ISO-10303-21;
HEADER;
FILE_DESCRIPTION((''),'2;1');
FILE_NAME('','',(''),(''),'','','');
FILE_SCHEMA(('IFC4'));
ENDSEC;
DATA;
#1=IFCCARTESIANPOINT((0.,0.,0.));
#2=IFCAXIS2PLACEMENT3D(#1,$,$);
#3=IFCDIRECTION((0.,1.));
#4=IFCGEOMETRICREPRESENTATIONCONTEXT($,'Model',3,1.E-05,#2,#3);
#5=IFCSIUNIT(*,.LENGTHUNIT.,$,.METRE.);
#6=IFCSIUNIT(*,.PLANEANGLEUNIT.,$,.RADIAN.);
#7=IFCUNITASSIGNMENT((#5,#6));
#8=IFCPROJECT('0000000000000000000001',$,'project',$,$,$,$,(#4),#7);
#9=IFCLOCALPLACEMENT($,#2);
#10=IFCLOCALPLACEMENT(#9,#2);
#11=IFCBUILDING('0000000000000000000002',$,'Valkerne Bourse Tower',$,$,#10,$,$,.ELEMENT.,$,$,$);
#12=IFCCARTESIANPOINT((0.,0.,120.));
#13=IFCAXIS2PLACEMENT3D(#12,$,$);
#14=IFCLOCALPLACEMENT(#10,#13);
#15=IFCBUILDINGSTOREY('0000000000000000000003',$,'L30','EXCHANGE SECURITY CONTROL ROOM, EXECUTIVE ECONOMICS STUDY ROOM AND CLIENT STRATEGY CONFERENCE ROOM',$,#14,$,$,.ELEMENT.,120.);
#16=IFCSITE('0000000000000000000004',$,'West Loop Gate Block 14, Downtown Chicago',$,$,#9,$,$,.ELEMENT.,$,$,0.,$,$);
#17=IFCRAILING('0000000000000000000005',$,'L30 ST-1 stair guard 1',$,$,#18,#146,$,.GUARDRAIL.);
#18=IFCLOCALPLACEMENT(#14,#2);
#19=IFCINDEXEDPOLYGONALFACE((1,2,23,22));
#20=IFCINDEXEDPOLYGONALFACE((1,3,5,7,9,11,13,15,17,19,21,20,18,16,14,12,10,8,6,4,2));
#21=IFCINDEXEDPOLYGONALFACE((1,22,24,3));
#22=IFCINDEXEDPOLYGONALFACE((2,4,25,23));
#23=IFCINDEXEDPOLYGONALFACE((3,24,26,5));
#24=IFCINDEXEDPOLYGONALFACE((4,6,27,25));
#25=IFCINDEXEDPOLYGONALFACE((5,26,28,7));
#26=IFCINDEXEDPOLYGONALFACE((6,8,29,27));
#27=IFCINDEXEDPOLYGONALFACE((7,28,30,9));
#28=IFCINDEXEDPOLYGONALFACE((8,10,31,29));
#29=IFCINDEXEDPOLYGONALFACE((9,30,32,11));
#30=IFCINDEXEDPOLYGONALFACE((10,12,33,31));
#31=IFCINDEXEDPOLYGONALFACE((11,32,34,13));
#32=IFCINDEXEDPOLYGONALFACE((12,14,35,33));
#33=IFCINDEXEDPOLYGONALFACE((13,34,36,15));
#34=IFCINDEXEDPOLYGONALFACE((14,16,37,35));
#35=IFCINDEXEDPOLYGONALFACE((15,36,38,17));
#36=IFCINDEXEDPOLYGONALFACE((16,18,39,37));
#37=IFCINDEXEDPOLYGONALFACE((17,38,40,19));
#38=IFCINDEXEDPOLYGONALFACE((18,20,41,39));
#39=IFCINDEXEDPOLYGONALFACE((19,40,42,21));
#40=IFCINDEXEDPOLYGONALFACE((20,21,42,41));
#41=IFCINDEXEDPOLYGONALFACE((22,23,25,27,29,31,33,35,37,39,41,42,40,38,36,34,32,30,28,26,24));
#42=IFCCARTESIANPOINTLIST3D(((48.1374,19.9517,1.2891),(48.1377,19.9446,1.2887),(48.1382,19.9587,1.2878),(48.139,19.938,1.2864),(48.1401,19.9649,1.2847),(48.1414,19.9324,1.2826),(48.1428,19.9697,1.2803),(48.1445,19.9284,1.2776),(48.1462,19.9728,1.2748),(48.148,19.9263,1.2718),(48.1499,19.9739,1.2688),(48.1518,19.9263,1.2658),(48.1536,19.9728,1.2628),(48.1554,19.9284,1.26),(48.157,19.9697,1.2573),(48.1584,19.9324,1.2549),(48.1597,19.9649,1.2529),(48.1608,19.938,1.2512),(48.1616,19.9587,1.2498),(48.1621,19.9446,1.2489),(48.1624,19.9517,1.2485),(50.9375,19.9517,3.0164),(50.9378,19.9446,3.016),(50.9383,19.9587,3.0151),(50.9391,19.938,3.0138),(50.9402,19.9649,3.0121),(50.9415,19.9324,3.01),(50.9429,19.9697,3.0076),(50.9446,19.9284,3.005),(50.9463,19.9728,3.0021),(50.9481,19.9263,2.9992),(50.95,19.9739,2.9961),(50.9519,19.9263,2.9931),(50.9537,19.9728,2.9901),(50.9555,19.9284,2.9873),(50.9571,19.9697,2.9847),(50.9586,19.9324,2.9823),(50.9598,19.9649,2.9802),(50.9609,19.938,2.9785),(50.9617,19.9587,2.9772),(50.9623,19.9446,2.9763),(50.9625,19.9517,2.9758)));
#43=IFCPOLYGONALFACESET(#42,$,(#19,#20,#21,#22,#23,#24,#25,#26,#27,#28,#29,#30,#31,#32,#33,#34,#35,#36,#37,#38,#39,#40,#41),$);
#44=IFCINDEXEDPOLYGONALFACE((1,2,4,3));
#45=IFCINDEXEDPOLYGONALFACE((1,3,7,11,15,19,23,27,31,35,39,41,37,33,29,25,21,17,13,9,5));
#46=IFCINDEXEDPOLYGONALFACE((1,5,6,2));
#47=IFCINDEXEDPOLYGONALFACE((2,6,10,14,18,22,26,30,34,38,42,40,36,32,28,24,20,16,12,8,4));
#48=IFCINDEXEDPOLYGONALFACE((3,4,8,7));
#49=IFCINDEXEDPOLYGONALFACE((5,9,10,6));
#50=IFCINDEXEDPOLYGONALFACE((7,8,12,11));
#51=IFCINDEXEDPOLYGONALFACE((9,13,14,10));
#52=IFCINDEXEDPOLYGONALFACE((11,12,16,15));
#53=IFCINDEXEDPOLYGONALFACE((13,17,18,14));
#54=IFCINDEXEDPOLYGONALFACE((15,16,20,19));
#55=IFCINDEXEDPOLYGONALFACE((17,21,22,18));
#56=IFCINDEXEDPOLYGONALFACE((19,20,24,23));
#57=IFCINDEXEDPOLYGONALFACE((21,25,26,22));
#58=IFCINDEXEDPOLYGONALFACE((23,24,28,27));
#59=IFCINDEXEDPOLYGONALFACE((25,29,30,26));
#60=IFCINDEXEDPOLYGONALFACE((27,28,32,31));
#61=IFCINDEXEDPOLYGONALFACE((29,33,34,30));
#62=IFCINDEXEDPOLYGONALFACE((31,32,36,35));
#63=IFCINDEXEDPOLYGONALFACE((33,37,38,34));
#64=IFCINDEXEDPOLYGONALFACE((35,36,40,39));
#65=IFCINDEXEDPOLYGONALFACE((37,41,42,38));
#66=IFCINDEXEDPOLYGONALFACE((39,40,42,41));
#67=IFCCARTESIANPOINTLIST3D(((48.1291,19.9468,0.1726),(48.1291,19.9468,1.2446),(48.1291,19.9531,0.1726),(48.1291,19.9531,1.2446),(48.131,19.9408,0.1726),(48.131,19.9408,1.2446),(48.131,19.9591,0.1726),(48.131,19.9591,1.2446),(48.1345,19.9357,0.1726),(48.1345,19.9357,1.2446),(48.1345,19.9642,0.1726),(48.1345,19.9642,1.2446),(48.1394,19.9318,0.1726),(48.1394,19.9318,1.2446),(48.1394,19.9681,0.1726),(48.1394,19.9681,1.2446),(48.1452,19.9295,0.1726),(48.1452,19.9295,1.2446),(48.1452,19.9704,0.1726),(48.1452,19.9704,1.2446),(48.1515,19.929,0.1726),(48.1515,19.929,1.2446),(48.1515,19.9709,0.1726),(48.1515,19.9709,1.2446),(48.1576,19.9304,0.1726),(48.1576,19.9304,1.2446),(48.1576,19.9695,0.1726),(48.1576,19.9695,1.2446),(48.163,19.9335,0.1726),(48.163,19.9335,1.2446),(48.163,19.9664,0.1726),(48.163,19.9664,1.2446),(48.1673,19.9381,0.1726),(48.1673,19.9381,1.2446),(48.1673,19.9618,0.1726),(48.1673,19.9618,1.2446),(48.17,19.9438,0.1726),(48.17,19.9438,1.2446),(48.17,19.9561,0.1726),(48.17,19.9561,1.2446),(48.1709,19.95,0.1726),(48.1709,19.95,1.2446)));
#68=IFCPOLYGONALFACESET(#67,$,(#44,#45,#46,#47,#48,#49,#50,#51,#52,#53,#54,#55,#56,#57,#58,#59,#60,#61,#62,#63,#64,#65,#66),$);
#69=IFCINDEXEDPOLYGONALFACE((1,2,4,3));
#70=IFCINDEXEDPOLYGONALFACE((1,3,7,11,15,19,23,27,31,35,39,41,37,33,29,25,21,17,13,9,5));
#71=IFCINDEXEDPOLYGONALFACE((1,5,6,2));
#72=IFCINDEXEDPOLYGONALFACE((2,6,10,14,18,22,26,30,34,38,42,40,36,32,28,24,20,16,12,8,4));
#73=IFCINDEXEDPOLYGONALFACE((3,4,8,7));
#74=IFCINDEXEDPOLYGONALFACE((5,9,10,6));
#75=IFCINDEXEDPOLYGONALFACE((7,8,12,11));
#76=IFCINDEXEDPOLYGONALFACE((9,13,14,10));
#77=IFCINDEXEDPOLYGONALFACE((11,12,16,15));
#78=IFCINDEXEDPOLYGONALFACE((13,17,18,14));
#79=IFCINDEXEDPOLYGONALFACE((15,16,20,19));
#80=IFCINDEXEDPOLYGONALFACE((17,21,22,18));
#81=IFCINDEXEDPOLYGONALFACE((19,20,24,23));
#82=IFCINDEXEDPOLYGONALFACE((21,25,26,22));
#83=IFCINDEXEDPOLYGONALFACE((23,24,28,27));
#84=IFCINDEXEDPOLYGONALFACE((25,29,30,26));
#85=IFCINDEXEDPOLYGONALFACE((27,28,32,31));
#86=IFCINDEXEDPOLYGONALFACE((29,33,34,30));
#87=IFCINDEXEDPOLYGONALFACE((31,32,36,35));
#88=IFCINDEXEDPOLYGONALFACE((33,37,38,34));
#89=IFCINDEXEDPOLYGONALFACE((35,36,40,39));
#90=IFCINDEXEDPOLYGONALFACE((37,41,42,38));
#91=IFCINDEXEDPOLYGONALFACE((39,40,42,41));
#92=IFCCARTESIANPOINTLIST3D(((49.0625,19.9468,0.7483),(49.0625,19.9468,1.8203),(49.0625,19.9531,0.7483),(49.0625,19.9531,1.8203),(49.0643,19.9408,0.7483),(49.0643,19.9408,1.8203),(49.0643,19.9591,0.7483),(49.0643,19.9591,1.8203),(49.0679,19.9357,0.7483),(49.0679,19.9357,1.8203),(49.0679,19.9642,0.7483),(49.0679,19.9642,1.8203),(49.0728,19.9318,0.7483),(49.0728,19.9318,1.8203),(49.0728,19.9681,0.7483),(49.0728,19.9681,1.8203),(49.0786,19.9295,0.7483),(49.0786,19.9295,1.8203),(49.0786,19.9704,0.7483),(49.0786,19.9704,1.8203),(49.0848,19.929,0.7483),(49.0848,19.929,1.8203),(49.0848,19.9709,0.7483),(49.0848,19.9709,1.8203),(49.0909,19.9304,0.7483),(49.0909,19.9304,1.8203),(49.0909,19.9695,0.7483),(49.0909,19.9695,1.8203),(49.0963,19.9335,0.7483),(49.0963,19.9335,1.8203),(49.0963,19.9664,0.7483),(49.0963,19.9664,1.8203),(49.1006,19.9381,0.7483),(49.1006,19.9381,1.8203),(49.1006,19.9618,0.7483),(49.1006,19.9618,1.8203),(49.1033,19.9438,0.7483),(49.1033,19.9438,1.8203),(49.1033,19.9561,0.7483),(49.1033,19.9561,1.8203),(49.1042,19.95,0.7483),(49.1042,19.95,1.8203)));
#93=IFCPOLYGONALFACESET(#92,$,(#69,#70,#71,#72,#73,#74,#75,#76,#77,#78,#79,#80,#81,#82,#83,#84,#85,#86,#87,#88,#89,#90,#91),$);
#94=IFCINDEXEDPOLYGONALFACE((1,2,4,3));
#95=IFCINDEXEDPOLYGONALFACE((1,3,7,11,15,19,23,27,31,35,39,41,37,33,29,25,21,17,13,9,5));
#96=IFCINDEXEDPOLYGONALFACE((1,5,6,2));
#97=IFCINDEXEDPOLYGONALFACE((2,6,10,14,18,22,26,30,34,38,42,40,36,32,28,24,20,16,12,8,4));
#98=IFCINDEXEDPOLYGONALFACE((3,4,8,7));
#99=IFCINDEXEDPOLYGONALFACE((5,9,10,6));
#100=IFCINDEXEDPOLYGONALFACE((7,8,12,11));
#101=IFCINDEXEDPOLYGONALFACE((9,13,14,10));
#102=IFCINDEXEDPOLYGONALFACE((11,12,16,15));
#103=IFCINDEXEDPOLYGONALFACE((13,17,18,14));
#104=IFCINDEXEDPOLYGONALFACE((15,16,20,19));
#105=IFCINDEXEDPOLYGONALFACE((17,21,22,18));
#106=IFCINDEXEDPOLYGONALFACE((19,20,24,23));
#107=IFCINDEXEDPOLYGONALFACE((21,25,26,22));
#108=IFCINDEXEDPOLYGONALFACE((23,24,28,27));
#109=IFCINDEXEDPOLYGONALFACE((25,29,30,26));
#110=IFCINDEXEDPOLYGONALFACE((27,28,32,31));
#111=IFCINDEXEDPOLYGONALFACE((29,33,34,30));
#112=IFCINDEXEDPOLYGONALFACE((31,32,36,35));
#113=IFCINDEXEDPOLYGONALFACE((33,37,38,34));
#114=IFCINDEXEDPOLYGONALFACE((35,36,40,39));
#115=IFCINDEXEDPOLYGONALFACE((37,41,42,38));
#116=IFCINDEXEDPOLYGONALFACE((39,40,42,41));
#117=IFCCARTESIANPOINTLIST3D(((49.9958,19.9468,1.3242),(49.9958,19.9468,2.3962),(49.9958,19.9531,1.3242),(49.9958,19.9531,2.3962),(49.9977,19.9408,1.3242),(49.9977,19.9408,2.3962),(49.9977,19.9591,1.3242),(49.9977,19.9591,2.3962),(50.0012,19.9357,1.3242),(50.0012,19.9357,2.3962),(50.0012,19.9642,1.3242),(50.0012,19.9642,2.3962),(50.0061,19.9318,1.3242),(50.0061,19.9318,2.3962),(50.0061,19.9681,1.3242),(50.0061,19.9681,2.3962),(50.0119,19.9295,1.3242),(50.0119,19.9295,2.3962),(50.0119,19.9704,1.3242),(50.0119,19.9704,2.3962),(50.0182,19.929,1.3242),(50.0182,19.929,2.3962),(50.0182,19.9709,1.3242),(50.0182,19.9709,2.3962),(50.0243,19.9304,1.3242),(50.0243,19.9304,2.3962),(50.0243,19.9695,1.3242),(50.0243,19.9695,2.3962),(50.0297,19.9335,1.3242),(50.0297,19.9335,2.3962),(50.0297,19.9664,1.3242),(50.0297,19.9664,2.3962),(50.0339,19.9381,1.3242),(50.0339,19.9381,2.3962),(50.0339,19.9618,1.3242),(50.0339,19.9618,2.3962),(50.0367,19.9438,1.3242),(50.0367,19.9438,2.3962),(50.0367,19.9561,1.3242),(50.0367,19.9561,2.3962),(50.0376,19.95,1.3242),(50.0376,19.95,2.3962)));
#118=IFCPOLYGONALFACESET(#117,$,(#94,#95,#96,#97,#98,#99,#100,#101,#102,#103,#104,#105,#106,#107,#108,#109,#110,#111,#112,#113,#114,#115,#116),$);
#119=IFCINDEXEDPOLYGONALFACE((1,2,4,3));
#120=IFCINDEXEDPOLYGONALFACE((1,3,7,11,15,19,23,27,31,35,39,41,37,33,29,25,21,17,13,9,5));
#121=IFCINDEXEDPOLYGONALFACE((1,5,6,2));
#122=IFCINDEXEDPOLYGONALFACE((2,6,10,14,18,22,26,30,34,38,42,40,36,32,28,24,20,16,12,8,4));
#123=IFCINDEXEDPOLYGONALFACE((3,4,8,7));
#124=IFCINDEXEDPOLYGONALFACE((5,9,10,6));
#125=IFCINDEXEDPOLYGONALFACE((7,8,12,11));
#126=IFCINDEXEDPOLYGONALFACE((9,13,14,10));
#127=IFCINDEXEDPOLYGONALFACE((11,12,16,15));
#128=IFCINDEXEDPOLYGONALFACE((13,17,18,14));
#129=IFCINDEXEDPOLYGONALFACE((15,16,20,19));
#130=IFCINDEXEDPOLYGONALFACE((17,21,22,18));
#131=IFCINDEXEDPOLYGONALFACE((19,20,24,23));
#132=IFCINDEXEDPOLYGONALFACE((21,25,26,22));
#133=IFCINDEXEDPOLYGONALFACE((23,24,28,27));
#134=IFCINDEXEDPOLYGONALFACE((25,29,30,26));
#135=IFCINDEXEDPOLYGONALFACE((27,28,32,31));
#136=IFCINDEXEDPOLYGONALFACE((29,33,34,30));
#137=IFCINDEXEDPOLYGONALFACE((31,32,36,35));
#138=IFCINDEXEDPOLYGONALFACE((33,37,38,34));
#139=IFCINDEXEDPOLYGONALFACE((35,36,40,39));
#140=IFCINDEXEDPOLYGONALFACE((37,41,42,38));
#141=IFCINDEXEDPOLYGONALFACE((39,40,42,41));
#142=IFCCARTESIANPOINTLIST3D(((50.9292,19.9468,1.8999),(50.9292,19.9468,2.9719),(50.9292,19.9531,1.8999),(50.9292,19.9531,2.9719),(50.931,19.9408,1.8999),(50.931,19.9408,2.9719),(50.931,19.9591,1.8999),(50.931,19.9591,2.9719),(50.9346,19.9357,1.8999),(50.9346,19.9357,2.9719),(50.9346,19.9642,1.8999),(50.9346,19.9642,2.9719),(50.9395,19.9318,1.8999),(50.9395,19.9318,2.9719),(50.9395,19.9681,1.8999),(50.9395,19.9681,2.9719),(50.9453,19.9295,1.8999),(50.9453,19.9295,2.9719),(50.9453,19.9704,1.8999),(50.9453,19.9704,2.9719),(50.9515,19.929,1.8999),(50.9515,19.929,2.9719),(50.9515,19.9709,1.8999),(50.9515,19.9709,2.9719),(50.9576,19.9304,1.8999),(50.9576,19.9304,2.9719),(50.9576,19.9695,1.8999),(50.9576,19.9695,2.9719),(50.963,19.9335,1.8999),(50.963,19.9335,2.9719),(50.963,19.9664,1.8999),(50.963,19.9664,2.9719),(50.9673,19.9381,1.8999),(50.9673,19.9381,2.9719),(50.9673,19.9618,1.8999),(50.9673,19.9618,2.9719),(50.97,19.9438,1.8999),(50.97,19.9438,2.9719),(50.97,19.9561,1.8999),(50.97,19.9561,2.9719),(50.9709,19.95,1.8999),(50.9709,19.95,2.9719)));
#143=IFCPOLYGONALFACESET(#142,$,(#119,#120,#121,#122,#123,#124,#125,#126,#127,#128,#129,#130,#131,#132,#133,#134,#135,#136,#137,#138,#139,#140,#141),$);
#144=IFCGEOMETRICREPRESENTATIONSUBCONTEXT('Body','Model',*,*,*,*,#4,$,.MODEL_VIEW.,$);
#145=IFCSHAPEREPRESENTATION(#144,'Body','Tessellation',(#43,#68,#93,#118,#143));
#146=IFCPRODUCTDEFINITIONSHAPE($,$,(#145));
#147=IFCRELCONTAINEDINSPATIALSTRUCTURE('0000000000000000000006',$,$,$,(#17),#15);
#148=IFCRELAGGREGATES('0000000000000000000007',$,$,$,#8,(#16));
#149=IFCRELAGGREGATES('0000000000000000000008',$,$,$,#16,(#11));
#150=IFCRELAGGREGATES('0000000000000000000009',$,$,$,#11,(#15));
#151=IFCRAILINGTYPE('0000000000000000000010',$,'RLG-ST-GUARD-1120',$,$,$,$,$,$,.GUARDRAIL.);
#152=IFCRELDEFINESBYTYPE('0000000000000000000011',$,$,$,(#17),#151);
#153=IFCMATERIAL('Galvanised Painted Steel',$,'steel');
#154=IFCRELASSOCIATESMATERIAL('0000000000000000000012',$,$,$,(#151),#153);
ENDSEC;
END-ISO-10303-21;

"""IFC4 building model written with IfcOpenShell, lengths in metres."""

from ifc_helpers import new_model, si_unit, direction, frame, origin, origin_2d, place, context, subcontext, project, spatial, circle, extrude, material, type_object, element, save


model = new_model("IFC4")

# Units and contexts
model_context = context("Model", 3, precision=1e-05, world=origin(), true_north=direction((0.0, 1.0)))
body_context = subcontext(model_context, "Body", "Model", "MODEL_VIEW")
ifc_project = project(units=[si_unit("LENGTHUNIT", "METRE"), si_unit("PLANEANGLEUNIT", "RADIAN")], contexts=[model_context])

# Site, building, storey
site_placement = place(None, origin())
site = spatial("IfcSite", under=ifc_project, at=site_placement, Name="West Loop Gate Block 14, Downtown Chicago", CompositionType="ELEMENT", RefElevation=0.0)
building_placement = place(site_placement, origin())
building = spatial("IfcBuilding", under=site, at=building_placement, Name="Valkerne Bourse Tower", CompositionType="ELEMENT")
storey_placement = place(building_placement, frame((0.0, 0.0, 120.0)))
storey = spatial("IfcBuildingStorey", under=building, at=storey_placement, Name="L30", Description="EXCHANGE SECURITY CONTROL ROOM, EXECUTIVE ECONOMICS STUDY ROOM AND CLIENT STRATEGY CONFERENCE ROOM", CompositionType="ELEMENT", Elevation=120.0)

# Shared definitions
ifc_material_1 = material(Name="Galvanised Painted Steel", Category="steel")

# Railing
railing_type_1 = type_object("IfcRailingType", Name="RLG-ST-GUARD-1120", PredefinedType="GUARDRAIL", material=ifc_material_1)
railing_1_placement = place(storey_placement, frame((48.1499, 19.95, 0.1726)))
element("IfcRailing", 1, at=railing_1_placement, inside=storey, type_object=railing_type_1, Name="L30 ST-1 stair guard 1", PredefinedType="GUARDRAIL", context=body_context, shape_type="SweptSolid", body=[
    extrude(circle(Radius=0.0239, at=origin_2d()), frame((0.0, 0.0, 1.0962), z_axis=(0.85109, 0.0, 0.52502), x_axis=(0.0, 1.0, 0.0)), (0.0, 0.0, 1.0), 3.29),
    extrude(circle(Radius=0.021, at=origin_2d()), origin(), (0.0, 0.0, 1.0), 1.072),
    extrude(circle(Radius=0.021, at=origin_2d()), frame((0.9333, 0.0, 0.5757)), (0.0, 0.0, 1.0), 1.072),
    extrude(circle(Radius=0.021, at=origin_2d()), frame((1.8667, 0.0, 1.1516)), (0.0, 0.0, 1.0), 1.072),
    extrude(circle(Radius=0.021, at=origin_2d()), frame((2.8, 0.0, 1.7273)), (0.0, 0.0, 1.0), 1.072),
])

save(model, "model.ifc")
